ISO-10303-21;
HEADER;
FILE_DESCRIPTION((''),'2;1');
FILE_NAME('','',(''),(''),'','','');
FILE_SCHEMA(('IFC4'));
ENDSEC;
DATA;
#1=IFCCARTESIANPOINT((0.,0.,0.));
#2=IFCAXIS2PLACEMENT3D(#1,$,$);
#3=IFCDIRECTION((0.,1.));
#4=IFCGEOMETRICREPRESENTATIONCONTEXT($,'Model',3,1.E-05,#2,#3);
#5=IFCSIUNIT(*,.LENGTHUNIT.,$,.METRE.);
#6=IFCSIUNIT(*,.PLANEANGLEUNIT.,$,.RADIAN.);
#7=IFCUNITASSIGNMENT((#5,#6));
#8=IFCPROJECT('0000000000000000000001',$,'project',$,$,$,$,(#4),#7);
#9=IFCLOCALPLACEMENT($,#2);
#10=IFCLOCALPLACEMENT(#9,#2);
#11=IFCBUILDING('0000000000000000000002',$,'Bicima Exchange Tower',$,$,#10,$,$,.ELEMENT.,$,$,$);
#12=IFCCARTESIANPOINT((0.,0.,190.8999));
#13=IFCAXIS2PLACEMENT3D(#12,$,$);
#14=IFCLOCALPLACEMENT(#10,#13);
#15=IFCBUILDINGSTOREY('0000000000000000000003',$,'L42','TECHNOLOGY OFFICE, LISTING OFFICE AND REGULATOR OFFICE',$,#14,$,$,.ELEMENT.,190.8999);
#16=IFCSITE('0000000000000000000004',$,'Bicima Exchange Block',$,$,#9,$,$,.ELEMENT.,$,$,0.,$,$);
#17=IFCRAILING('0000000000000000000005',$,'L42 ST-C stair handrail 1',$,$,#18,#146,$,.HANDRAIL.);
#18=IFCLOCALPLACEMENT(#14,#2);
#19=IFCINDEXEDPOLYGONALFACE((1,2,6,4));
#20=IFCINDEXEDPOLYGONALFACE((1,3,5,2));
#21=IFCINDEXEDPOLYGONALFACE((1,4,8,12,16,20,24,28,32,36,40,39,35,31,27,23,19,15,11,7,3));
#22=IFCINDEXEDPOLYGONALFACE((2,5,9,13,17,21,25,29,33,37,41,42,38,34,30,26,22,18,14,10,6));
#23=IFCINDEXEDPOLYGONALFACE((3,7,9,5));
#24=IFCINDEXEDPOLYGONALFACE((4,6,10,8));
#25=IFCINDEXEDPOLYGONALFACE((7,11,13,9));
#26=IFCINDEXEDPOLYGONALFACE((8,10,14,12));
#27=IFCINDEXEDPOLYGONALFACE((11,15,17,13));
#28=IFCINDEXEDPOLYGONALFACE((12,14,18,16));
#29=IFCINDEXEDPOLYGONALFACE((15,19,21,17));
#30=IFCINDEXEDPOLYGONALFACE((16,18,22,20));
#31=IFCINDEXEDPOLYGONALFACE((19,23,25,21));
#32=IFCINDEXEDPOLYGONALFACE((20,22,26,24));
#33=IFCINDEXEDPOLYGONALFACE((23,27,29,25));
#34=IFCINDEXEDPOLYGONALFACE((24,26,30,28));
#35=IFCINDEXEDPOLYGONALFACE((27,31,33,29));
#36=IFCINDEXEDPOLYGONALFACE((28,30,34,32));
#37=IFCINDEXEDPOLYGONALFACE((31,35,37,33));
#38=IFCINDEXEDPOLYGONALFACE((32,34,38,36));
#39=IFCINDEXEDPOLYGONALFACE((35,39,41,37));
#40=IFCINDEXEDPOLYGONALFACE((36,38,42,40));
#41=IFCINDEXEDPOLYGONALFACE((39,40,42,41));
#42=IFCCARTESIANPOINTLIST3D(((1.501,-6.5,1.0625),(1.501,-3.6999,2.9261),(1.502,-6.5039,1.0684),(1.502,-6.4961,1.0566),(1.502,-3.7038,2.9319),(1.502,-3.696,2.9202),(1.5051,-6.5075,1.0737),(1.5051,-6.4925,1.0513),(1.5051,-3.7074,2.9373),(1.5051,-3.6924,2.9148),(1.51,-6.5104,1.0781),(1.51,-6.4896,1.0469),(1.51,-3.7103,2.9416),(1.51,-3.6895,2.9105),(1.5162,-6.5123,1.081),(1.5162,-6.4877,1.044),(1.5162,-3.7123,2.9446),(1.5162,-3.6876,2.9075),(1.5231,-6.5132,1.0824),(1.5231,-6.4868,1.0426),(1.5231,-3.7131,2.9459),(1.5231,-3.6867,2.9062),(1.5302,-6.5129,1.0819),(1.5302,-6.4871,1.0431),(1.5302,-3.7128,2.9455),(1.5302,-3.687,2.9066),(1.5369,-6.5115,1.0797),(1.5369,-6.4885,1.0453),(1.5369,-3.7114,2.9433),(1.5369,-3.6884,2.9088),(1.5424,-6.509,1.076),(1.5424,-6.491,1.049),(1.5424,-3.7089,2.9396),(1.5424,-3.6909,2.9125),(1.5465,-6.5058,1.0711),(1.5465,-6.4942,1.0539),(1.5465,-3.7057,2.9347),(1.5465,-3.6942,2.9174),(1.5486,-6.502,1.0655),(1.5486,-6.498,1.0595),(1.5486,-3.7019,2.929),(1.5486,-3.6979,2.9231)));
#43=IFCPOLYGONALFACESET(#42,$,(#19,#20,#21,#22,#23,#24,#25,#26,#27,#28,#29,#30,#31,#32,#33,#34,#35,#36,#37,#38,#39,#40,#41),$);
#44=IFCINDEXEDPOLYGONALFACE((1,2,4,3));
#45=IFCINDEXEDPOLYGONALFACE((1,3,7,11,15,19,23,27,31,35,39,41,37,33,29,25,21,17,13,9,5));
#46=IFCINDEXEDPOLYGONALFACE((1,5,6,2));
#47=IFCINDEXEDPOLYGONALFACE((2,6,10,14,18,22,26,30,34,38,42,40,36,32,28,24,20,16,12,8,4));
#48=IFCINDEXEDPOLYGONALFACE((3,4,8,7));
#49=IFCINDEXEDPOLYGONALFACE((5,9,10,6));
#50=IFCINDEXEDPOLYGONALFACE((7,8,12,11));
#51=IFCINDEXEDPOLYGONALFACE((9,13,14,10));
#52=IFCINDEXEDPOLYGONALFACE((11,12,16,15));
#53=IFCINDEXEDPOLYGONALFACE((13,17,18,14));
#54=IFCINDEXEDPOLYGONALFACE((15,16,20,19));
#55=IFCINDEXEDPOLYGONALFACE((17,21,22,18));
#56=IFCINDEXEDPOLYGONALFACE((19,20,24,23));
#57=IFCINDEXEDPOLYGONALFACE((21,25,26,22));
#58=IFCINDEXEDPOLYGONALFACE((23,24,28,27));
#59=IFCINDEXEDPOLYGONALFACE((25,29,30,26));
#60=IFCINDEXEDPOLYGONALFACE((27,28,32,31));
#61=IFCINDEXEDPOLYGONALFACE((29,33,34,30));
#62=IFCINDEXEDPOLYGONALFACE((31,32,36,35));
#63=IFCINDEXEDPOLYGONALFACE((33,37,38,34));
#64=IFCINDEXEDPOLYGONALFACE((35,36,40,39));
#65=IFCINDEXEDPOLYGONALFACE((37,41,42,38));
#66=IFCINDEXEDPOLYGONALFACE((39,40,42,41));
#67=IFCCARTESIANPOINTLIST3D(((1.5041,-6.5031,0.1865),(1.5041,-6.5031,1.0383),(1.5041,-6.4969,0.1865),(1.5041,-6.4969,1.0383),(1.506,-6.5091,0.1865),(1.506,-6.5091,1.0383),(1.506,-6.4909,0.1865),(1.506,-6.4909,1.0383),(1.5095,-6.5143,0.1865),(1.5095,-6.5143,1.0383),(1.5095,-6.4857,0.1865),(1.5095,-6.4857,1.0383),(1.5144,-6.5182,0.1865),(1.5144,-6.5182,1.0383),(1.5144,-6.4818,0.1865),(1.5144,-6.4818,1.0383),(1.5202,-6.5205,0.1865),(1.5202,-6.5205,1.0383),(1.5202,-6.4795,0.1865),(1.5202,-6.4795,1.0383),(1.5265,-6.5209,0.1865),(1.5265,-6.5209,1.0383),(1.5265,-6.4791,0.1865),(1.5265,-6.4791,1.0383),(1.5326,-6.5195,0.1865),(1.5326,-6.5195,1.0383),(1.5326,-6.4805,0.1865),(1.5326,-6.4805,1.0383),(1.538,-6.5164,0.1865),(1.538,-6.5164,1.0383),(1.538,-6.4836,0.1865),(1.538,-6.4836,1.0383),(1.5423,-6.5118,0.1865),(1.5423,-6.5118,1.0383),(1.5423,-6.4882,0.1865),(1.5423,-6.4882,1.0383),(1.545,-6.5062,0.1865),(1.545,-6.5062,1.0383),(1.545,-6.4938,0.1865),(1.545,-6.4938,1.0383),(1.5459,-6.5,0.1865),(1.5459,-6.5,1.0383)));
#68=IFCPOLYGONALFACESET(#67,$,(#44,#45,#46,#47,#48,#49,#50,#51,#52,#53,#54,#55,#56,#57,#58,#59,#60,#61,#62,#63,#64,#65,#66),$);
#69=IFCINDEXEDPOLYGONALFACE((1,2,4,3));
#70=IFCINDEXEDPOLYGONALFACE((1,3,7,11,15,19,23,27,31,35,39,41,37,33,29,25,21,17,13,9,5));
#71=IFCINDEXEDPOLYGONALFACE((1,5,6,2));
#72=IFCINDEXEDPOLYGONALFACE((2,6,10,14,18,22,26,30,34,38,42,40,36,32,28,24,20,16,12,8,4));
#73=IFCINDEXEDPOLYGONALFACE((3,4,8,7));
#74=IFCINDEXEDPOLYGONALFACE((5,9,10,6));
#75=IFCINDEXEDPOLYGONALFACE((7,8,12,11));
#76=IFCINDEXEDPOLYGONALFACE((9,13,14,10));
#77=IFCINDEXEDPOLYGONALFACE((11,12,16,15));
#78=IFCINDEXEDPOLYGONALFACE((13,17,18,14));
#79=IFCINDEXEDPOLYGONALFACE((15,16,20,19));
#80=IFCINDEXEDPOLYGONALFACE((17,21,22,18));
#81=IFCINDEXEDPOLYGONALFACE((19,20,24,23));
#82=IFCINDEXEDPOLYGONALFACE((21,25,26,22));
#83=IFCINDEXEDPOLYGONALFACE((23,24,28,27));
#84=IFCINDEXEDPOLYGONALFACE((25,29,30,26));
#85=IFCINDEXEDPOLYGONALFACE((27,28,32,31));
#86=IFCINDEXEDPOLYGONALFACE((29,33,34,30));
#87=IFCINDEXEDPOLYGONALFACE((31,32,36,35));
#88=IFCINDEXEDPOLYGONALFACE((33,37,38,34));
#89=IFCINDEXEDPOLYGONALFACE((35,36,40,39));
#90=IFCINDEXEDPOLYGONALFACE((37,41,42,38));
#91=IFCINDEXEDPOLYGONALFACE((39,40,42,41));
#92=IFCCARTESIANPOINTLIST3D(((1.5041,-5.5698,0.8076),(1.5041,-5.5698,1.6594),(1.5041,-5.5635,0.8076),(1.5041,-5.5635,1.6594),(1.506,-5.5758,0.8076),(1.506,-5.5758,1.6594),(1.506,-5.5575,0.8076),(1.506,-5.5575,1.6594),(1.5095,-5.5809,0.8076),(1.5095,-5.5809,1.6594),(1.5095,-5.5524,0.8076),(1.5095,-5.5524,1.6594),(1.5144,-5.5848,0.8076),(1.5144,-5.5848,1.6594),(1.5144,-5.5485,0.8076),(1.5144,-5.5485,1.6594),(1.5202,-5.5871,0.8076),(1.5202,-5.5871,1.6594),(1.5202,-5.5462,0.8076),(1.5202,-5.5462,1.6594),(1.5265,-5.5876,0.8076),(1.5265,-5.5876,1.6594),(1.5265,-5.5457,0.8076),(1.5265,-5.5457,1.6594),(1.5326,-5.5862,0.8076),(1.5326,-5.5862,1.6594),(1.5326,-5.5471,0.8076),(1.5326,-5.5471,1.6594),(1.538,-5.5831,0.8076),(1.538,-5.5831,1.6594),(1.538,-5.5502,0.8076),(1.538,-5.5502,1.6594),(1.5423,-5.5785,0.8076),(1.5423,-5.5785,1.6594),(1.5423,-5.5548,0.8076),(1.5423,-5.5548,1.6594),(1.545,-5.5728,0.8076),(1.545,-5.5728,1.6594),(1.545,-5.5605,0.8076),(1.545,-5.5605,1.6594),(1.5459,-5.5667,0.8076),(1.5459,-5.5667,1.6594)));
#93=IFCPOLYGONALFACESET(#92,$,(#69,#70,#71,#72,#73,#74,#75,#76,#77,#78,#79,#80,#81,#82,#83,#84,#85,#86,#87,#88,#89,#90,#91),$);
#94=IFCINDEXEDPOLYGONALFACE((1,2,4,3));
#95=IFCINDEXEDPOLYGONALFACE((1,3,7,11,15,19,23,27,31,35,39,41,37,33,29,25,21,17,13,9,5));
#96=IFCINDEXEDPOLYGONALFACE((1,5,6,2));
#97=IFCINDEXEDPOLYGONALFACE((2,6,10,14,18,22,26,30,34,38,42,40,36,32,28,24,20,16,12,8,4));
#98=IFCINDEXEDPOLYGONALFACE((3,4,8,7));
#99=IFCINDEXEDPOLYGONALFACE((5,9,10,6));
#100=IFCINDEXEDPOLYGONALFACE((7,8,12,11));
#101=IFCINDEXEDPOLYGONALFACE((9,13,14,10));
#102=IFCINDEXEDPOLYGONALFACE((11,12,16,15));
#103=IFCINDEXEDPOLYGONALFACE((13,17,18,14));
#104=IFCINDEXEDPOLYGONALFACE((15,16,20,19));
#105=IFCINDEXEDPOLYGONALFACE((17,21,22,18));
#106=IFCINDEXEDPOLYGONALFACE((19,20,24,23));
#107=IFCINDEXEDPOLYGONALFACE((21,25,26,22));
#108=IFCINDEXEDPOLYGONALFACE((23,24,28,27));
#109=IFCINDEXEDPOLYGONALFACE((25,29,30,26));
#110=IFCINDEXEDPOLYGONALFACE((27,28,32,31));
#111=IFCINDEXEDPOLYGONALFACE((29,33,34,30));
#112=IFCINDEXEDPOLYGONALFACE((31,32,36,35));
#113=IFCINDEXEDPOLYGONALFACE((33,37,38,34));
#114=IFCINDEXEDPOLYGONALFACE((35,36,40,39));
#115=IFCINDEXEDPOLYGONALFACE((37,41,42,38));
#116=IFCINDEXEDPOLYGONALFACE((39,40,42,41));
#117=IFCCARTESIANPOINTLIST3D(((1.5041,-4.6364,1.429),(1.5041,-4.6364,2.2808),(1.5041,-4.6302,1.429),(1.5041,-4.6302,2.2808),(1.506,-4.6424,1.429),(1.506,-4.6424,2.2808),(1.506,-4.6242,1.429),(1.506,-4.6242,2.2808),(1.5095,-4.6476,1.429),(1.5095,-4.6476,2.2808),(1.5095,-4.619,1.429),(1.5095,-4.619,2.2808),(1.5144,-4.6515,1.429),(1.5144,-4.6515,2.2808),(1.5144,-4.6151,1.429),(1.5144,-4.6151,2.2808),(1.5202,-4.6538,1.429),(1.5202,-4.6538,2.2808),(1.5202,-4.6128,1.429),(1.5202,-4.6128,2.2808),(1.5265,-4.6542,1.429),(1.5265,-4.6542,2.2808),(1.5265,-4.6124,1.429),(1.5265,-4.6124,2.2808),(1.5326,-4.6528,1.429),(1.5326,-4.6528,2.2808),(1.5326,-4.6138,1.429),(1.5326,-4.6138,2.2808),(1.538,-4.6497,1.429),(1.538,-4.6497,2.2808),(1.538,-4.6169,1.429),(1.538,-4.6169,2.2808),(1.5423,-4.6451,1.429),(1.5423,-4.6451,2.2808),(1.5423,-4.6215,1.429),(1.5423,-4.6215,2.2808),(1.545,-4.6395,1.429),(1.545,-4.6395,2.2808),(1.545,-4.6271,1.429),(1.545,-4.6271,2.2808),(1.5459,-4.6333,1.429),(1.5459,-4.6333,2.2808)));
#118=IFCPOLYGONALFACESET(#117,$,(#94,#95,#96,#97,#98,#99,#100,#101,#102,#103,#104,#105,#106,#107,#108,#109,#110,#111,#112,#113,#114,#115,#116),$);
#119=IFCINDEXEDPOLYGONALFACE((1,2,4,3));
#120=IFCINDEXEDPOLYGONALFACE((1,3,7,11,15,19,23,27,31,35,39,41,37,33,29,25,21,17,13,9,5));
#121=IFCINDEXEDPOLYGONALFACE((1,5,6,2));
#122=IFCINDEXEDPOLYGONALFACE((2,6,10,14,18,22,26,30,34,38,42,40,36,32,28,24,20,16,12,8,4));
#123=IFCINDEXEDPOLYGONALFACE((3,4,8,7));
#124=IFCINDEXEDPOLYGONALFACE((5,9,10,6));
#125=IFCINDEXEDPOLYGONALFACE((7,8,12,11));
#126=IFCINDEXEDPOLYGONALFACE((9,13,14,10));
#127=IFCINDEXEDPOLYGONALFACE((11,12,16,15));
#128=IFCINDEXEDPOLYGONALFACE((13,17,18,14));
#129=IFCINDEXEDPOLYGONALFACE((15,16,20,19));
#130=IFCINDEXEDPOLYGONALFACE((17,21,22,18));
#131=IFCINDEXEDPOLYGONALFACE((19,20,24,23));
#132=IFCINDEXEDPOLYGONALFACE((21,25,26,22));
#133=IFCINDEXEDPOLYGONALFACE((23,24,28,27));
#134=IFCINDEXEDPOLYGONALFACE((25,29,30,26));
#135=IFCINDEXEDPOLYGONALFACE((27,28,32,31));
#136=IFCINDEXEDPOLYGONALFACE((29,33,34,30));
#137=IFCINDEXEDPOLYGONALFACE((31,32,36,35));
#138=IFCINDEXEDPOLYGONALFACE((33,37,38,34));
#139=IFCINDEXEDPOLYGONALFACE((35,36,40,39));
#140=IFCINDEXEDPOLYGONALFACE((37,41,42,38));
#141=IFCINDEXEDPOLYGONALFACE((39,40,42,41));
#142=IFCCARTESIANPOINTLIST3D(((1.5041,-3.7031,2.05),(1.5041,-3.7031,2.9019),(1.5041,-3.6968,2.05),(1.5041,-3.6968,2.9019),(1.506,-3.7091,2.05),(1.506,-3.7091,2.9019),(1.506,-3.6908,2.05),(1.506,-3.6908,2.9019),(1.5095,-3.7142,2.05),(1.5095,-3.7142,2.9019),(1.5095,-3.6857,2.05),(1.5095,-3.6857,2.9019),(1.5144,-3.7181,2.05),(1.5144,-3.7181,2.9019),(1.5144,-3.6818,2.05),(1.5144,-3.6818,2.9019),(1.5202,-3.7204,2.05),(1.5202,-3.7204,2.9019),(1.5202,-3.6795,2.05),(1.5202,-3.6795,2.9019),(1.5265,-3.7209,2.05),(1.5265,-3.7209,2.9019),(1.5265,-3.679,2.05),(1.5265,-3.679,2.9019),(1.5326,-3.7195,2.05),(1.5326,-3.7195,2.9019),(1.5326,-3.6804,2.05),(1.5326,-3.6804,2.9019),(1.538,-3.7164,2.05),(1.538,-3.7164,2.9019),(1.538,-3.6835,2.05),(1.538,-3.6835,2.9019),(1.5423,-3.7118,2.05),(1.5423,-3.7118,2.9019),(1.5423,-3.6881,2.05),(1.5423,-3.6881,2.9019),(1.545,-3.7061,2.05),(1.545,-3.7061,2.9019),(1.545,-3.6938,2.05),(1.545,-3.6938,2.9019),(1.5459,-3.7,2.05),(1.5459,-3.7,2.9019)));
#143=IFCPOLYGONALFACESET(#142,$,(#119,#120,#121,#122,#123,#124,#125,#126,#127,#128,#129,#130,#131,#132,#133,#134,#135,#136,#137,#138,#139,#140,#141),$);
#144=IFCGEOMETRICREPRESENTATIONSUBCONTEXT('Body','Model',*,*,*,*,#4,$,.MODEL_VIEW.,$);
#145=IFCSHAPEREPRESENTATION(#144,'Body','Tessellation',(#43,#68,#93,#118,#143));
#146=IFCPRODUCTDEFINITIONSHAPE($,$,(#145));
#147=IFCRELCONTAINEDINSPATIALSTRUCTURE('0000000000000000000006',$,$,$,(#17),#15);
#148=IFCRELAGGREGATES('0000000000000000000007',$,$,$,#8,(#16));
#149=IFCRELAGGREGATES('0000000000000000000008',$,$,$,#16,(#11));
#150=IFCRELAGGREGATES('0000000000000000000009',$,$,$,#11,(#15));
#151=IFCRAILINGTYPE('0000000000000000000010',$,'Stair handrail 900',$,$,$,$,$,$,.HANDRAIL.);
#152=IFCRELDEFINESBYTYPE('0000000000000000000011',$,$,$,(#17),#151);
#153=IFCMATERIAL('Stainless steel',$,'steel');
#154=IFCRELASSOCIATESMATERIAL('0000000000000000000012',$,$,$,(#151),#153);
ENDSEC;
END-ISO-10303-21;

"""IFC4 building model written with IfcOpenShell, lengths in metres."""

from ifc_helpers import new_model, si_unit, direction, frame, origin, origin_2d, place, context, subcontext, project, spatial, circle, extrude, material, type_object, element, save


model = new_model("IFC4")

# Units and contexts
model_context = context("Model", 3, precision=1e-05, world=origin(), true_north=direction((0.0, 1.0)))
body_context = subcontext(model_context, "Body", "Model", "MODEL_VIEW")
ifc_project = project(units=[si_unit("LENGTHUNIT", "METRE"), si_unit("PLANEANGLEUNIT", "RADIAN")], contexts=[model_context])

# Site, building, storey
site_placement = place(None, origin())
site = spatial("IfcSite", under=ifc_project, at=site_placement, Name="Bicima Exchange Block", CompositionType="ELEMENT", RefElevation=0.0)
building_placement = place(site_placement, origin())
building = spatial("IfcBuilding", under=site, at=building_placement, Name="Bicima Exchange Tower", CompositionType="ELEMENT")
storey_placement = place(building_placement, frame((0.0, 0.0, 190.8999)))
storey = spatial("IfcBuildingStorey", under=building, at=storey_placement, Name="L42", Description="TECHNOLOGY OFFICE, LISTING OFFICE AND REGULATOR OFFICE", CompositionType="ELEMENT", Elevation=190.8999)

# Shared definitions
ifc_material_1 = material(Name="Stainless steel", Category="steel")

# Railing
railing_type_1 = type_object("IfcRailingType", Name="Stair handrail 900", PredefinedType="HANDRAIL", material=ifc_material_1)
railing_1_placement = place(storey_placement, frame((1.5249, -6.5, 0.1865)))
element("IfcRailing", 1, at=railing_1_placement, inside=storey, type_object=railing_type_1, Name="L42 ST-C stair handrail 1", PredefinedType="HANDRAIL", context=body_context, shape_type="SweptSolid", body=[
    extrude(circle(Radius=0.0239, at=origin_2d()), frame((0.0, 0.0, 0.876), z_axis=(0.0, 0.832486, 0.554047), x_axis=(-1.0, 0.0, 0.0)), (0.0, 0.0, 1.0), 3.3635),
    extrude(circle(Radius=0.021, at=origin_2d()), origin(), (0.0, 0.0, 1.0), 0.8518),
    extrude(circle(Radius=0.021, at=origin_2d()), frame((0.0, 0.9333, 0.6211)), (0.0, 0.0, 1.0), 0.8518),
    extrude(circle(Radius=0.021, at=origin_2d()), frame((0.0, 1.8667, 1.2424)), (0.0, 0.0, 1.0), 0.8518),
    extrude(circle(Radius=0.021, at=origin_2d()), frame((0.0, 2.8, 1.8635)), (0.0, 0.0, 1.0), 0.8518),
])

save(model, "model.ifc")
